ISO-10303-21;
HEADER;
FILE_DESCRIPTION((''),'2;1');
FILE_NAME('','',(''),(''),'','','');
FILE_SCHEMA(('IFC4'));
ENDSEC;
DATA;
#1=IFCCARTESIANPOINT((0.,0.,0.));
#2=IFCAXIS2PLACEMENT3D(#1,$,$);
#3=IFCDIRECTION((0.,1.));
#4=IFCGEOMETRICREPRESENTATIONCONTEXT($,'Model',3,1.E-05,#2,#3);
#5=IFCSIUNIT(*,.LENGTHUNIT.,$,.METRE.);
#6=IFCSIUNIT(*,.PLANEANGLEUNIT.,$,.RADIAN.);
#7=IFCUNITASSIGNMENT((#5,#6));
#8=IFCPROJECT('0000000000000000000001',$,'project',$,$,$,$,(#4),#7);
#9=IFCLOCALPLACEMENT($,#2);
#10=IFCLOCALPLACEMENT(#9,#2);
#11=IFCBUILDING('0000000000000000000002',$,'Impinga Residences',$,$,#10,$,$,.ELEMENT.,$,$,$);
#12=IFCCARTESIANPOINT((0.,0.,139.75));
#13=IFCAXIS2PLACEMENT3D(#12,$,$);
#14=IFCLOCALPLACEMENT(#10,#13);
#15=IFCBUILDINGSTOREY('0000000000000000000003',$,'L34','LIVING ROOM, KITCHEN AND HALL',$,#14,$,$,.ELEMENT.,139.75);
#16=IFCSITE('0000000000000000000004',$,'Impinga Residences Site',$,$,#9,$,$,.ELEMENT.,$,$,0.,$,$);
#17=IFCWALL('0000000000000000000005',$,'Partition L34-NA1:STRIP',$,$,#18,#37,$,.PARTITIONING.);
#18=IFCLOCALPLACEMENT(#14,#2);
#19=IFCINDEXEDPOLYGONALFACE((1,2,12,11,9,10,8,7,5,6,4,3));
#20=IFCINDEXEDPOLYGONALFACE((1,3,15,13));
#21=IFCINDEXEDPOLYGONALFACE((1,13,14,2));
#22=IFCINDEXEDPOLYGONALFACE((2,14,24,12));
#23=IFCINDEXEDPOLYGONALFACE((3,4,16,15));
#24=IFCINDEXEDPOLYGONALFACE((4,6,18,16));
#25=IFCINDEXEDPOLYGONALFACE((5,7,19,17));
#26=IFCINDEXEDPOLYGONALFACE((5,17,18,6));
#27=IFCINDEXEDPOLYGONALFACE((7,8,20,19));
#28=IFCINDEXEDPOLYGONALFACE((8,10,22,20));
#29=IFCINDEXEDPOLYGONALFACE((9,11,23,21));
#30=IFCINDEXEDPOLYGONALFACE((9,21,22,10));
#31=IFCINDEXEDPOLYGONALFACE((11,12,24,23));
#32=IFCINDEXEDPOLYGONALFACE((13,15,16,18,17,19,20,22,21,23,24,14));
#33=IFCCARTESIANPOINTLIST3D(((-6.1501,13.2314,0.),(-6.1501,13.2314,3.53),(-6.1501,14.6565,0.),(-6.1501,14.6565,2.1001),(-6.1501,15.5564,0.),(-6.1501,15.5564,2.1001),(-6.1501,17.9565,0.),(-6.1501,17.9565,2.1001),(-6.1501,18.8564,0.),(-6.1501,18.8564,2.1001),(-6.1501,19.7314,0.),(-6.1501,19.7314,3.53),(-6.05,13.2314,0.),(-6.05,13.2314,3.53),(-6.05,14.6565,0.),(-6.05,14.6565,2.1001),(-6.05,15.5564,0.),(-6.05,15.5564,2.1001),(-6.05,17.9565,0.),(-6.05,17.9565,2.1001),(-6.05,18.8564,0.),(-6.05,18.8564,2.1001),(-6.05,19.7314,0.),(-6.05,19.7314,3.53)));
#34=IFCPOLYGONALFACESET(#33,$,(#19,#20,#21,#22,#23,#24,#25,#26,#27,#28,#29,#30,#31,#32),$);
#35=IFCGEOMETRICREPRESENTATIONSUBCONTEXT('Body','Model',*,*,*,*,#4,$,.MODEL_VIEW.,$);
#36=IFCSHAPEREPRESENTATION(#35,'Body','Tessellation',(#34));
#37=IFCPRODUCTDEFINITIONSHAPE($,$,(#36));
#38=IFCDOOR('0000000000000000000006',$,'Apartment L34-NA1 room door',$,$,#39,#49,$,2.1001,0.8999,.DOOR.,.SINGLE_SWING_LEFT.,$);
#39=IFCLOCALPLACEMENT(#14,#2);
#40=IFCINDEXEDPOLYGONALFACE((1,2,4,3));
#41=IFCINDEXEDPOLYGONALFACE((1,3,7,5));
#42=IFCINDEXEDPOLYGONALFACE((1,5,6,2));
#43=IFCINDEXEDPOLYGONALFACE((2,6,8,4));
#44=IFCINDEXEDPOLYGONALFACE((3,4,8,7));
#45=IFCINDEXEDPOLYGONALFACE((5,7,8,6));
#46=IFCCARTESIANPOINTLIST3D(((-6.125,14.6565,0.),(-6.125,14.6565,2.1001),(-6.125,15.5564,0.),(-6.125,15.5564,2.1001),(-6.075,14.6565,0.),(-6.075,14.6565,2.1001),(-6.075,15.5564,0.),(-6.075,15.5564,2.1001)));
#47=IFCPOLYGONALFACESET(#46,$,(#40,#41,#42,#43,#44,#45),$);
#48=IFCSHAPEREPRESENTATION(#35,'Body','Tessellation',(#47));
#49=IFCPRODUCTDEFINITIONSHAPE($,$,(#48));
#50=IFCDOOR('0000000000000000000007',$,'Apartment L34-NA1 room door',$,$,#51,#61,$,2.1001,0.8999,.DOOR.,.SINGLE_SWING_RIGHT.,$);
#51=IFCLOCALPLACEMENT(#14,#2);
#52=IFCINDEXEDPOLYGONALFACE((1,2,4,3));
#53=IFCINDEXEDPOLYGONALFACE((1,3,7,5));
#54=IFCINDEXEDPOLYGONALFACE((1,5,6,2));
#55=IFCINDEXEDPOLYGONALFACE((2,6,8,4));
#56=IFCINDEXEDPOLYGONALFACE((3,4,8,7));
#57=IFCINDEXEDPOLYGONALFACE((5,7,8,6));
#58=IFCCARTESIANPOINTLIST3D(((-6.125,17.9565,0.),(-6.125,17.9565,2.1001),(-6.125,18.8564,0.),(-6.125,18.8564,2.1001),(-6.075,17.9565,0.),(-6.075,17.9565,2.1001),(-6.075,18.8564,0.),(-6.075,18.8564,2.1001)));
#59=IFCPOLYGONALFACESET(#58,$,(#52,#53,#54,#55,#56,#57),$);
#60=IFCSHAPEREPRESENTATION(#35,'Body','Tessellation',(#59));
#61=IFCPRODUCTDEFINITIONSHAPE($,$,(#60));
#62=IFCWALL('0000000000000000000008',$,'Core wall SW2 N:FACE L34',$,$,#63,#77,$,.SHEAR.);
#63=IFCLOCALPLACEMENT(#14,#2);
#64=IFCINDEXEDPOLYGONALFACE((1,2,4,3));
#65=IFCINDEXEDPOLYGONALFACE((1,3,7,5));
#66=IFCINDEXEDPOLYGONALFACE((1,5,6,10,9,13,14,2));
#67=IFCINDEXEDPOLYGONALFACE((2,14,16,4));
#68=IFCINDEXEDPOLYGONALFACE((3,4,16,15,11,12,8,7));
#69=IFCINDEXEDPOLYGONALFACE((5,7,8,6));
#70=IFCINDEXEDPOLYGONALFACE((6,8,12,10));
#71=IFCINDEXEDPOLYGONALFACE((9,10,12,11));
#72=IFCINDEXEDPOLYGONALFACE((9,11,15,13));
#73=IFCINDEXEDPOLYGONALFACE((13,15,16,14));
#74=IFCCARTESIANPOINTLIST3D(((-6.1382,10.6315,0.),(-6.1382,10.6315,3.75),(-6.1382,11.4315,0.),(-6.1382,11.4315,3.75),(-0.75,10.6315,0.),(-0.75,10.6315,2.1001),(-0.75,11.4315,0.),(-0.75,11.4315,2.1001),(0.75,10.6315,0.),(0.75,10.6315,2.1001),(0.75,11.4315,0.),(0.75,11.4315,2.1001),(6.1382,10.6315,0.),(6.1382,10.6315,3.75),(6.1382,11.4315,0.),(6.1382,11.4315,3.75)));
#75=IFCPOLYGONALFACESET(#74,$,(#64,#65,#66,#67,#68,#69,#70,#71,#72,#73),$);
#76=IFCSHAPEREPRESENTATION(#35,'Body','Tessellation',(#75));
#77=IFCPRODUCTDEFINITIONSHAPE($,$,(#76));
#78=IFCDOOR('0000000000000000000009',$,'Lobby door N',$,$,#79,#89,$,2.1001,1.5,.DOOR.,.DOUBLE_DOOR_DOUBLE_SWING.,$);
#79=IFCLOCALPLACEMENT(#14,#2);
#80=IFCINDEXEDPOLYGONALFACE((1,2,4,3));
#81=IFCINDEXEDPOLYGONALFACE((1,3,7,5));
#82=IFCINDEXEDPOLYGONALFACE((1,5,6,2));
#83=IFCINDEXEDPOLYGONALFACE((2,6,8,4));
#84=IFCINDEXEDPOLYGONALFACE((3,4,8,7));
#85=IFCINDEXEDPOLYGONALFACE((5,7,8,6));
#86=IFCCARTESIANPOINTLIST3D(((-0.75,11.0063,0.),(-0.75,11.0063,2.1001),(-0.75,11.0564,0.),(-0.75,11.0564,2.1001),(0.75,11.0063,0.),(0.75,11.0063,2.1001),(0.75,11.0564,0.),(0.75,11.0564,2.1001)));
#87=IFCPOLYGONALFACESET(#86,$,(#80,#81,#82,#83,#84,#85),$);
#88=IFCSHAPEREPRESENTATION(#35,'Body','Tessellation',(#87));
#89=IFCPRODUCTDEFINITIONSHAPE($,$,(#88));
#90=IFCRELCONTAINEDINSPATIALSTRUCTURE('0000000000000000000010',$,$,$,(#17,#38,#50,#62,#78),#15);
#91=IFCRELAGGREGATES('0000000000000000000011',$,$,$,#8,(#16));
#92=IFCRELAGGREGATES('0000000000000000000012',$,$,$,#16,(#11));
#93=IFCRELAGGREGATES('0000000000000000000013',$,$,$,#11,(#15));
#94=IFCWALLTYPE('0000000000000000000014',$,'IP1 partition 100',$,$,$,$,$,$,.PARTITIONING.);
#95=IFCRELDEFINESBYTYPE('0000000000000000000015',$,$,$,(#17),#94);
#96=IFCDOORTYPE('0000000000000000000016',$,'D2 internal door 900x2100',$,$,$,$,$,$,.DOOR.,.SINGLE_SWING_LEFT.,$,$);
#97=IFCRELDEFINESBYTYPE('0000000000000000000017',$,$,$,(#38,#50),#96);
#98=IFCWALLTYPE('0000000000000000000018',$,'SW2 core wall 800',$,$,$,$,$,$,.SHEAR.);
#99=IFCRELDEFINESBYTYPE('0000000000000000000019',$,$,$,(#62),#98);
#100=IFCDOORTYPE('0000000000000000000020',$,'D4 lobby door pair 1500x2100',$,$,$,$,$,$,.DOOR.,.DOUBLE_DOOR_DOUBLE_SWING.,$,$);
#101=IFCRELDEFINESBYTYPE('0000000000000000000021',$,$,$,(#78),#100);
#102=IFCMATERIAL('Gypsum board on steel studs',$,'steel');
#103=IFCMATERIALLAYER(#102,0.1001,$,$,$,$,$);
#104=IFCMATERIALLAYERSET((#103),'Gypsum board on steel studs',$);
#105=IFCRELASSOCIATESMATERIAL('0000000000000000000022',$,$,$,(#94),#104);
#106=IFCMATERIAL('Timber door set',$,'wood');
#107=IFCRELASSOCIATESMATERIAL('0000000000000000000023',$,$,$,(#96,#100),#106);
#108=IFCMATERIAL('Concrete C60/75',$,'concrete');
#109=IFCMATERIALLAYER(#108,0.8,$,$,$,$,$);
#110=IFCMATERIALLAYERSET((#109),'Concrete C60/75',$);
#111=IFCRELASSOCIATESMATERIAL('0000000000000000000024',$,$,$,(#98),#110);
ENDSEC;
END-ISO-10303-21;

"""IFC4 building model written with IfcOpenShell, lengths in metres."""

from ifc_helpers import new_model, si_unit, direction, frame, frame_2d, origin, place, context, subcontext, project, spatial, rectangle, extrude, material, layer, layer_set, type_object, element, fill, save


model = new_model("IFC4")

# Units and contexts
model_context = context("Model", 3, precision=1e-05, world=origin(), true_north=direction((0.0, 1.0)))
body_context = subcontext(model_context, "Body", "Model", "MODEL_VIEW")
ifc_project = project(units=[si_unit("LENGTHUNIT", "METRE"), si_unit("PLANEANGLEUNIT", "RADIAN")], contexts=[model_context])

# Site, building, storey
site_placement = place(None, origin())
site = spatial("IfcSite", under=ifc_project, at=site_placement, Name="Impinga Residences Site", CompositionType="ELEMENT", RefElevation=0.0)
building_placement = place(site_placement, origin())
building = spatial("IfcBuilding", under=site, at=building_placement, Name="Impinga Residences", CompositionType="ELEMENT")
storey_placement = place(building_placement, frame((0.0, 0.0, 139.75)))
storey = spatial("IfcBuildingStorey", under=building, at=storey_placement, Name="L34", Description="LIVING ROOM, KITCHEN AND HALL", CompositionType="ELEMENT", Elevation=139.75)

# Shared definitions
ifc_material_1 = material(Name="Concrete C60/75", Category="concrete")

# Wall, openings, doors
ifc_material_2 = material(Name="Gypsum board on steel studs", Category="steel")
ifc_layer_1 = layer(ifc_material_2, 0.1001)
ifc_layer_set_1 = layer_set([ifc_layer_1], Name="Gypsum board on steel studs")
wall_type_1 = type_object("IfcWallType", Name="IP1 partition 100", PredefinedType="PARTITIONING", material=ifc_layer_set_1)
wall_1_placement = place(storey_placement, frame((-6.1001, 13.2314, 0.0), z_axis=(0.0, 0.0, 1.0), x_axis=(0.0, 1.0, 0.0)))
wall_1 = element("IfcWall", 1, at=wall_1_placement, inside=storey, type_object=wall_type_1, Name="Partition L34-NA1:STRIP", PredefinedType="PARTITIONING", context=body_context, shape_type="SweptSolid", body=[
    extrude(rectangle(XDim=6.5, YDim=0.1001, at=frame_2d((3.25, 0.0))), origin(), (0.0, 0.0, 1.0), 3.53),
])
opening_1_placement = place(wall_1_placement, frame((1.425, 0.0, 0.0)))
opening_1 = element("IfcOpeningElement", 2, at=opening_1_placement, cuts=wall_1, PredefinedType="OPENING", context=body_context, shape_type="SweptSolid", body=[
    extrude(rectangle(XDim=0.8999, YDim=2.1001, at=frame_2d((0.45, 1.05))), frame((0.0, 0.0601, 0.0), z_axis=(0.0, -1.0, 0.0), x_axis=(1.0, 0.0, 0.0)), (0.0, 0.0, 1.0), 0.1201),
])
opening_2_placement = place(wall_1_placement, frame((4.7251, 0.0, 0.0)))
opening_2 = element("IfcOpeningElement", 3, at=opening_2_placement, cuts=wall_1, PredefinedType="OPENING", context=body_context, shape_type="SweptSolid", body=[
    extrude(rectangle(XDim=0.8999, YDim=2.1001, at=frame_2d((0.45, 1.05))), frame((0.0, 0.0601, 0.0), z_axis=(0.0, -1.0, 0.0), x_axis=(1.0, 0.0, 0.0)), (0.0, 0.0, 1.0), 0.1201),
])
ifc_material_3 = material(Name="Timber door set", Category="wood")
door_type_1 = type_object("IfcDoorType", Name="D2 internal door 900x2100", OperationType="SINGLE_SWING_LEFT", PredefinedType="DOOR", material=ifc_material_3)
door_1_placement = place(opening_1_placement, origin())
door_1 = element("IfcDoor", 4, at=door_1_placement, inside=storey, type_object=door_type_1, Name="Apartment L34-NA1 room door", OperationType="SINGLE_SWING_LEFT", OverallHeight=2.1001, OverallWidth=0.8999, PredefinedType="DOOR", context=body_context, shape_type="SweptSolid", body=[
    extrude(rectangle(XDim=0.8999, YDim=2.1001, at=frame_2d((0.45, 1.05))), frame((0.0, 0.0249, 0.0), z_axis=(0.0, -1.0, 0.0), x_axis=(1.0, 0.0, 0.0)), (0.0, 0.0, 1.0), 0.05),
])
fill(opening_1, door_1)
door_2_placement = place(opening_2_placement, origin())
door_2 = element("IfcDoor", 5, at=door_2_placement, inside=storey, type_object=door_type_1, Name="Apartment L34-NA1 room door", OperationType="SINGLE_SWING_RIGHT", OverallHeight=2.1001, OverallWidth=0.8999, PredefinedType="DOOR", context=body_context, shape_type="SweptSolid", body=[
    extrude(rectangle(XDim=0.8999, YDim=2.1001, at=frame_2d((0.45, 1.05))), frame((0.0, 0.0249, 0.0), z_axis=(0.0, -1.0, 0.0), x_axis=(1.0, 0.0, 0.0)), (0.0, 0.0, 1.0), 0.05),
])
fill(opening_2, door_2)

# Wall, opening, door
ifc_layer_2 = layer(ifc_material_1, 0.8)
ifc_layer_set_2 = layer_set([ifc_layer_2], Name="Concrete C60/75")
wall_type_2 = type_object("IfcWallType", Name="SW2 core wall 800", PredefinedType="SHEAR", material=ifc_layer_set_2)
wall_2_placement = place(storey_placement, frame((-6.1382, 11.0315, 0.0), z_axis=(0.0, 0.0, 1.0), x_axis=(1.0, 0.0, 0.0)))
wall_2 = element("IfcWall", 6, at=wall_2_placement, inside=storey, type_object=wall_type_2, Name="Core wall SW2 N:FACE L34", PredefinedType="SHEAR", context=body_context, shape_type="SweptSolid", body=[
    extrude(rectangle(XDim=12.2764, YDim=0.8, at=frame_2d((6.1382, 0.0))), origin(), (0.0, 0.0, 1.0), 3.75),
])
opening_3_placement = place(wall_2_placement, frame((5.3882, 0.0, 0.0)))
opening_3 = element("IfcOpeningElement", 7, at=opening_3_placement, cuts=wall_2, PredefinedType="OPENING", context=body_context, shape_type="SweptSolid", body=[
    extrude(rectangle(XDim=1.5, YDim=2.1001, at=frame_2d((0.75, 1.05))), frame((0.0, 0.4099, 0.0), z_axis=(0.0, -1.0, 0.0), x_axis=(1.0, 0.0, 0.0)), (0.0, 0.0, 1.0), 0.8201),
])
door_type_2 = type_object("IfcDoorType", Name="D4 lobby door pair 1500x2100", OperationType="DOUBLE_DOOR_DOUBLE_SWING", PredefinedType="DOOR", material=ifc_material_3)
door_3_placement = place(opening_3_placement, origin())
door_3 = element("IfcDoor", 8, at=door_3_placement, inside=storey, type_object=door_type_2, Name="Lobby door N", OperationType="DOUBLE_DOOR_DOUBLE_SWING", OverallHeight=2.1001, OverallWidth=1.5, PredefinedType="DOOR", context=body_context, shape_type="SweptSolid", body=[
    extrude(rectangle(XDim=1.5, YDim=2.1001, at=frame_2d((0.75, 1.05))), frame((0.0, 0.0249, 0.0), z_axis=(0.0, -1.0, 0.0), x_axis=(1.0, 0.0, 0.0)), (0.0, 0.0, 1.0), 0.05),
])
fill(opening_3, door_3)

save(model, "model.ifc")
